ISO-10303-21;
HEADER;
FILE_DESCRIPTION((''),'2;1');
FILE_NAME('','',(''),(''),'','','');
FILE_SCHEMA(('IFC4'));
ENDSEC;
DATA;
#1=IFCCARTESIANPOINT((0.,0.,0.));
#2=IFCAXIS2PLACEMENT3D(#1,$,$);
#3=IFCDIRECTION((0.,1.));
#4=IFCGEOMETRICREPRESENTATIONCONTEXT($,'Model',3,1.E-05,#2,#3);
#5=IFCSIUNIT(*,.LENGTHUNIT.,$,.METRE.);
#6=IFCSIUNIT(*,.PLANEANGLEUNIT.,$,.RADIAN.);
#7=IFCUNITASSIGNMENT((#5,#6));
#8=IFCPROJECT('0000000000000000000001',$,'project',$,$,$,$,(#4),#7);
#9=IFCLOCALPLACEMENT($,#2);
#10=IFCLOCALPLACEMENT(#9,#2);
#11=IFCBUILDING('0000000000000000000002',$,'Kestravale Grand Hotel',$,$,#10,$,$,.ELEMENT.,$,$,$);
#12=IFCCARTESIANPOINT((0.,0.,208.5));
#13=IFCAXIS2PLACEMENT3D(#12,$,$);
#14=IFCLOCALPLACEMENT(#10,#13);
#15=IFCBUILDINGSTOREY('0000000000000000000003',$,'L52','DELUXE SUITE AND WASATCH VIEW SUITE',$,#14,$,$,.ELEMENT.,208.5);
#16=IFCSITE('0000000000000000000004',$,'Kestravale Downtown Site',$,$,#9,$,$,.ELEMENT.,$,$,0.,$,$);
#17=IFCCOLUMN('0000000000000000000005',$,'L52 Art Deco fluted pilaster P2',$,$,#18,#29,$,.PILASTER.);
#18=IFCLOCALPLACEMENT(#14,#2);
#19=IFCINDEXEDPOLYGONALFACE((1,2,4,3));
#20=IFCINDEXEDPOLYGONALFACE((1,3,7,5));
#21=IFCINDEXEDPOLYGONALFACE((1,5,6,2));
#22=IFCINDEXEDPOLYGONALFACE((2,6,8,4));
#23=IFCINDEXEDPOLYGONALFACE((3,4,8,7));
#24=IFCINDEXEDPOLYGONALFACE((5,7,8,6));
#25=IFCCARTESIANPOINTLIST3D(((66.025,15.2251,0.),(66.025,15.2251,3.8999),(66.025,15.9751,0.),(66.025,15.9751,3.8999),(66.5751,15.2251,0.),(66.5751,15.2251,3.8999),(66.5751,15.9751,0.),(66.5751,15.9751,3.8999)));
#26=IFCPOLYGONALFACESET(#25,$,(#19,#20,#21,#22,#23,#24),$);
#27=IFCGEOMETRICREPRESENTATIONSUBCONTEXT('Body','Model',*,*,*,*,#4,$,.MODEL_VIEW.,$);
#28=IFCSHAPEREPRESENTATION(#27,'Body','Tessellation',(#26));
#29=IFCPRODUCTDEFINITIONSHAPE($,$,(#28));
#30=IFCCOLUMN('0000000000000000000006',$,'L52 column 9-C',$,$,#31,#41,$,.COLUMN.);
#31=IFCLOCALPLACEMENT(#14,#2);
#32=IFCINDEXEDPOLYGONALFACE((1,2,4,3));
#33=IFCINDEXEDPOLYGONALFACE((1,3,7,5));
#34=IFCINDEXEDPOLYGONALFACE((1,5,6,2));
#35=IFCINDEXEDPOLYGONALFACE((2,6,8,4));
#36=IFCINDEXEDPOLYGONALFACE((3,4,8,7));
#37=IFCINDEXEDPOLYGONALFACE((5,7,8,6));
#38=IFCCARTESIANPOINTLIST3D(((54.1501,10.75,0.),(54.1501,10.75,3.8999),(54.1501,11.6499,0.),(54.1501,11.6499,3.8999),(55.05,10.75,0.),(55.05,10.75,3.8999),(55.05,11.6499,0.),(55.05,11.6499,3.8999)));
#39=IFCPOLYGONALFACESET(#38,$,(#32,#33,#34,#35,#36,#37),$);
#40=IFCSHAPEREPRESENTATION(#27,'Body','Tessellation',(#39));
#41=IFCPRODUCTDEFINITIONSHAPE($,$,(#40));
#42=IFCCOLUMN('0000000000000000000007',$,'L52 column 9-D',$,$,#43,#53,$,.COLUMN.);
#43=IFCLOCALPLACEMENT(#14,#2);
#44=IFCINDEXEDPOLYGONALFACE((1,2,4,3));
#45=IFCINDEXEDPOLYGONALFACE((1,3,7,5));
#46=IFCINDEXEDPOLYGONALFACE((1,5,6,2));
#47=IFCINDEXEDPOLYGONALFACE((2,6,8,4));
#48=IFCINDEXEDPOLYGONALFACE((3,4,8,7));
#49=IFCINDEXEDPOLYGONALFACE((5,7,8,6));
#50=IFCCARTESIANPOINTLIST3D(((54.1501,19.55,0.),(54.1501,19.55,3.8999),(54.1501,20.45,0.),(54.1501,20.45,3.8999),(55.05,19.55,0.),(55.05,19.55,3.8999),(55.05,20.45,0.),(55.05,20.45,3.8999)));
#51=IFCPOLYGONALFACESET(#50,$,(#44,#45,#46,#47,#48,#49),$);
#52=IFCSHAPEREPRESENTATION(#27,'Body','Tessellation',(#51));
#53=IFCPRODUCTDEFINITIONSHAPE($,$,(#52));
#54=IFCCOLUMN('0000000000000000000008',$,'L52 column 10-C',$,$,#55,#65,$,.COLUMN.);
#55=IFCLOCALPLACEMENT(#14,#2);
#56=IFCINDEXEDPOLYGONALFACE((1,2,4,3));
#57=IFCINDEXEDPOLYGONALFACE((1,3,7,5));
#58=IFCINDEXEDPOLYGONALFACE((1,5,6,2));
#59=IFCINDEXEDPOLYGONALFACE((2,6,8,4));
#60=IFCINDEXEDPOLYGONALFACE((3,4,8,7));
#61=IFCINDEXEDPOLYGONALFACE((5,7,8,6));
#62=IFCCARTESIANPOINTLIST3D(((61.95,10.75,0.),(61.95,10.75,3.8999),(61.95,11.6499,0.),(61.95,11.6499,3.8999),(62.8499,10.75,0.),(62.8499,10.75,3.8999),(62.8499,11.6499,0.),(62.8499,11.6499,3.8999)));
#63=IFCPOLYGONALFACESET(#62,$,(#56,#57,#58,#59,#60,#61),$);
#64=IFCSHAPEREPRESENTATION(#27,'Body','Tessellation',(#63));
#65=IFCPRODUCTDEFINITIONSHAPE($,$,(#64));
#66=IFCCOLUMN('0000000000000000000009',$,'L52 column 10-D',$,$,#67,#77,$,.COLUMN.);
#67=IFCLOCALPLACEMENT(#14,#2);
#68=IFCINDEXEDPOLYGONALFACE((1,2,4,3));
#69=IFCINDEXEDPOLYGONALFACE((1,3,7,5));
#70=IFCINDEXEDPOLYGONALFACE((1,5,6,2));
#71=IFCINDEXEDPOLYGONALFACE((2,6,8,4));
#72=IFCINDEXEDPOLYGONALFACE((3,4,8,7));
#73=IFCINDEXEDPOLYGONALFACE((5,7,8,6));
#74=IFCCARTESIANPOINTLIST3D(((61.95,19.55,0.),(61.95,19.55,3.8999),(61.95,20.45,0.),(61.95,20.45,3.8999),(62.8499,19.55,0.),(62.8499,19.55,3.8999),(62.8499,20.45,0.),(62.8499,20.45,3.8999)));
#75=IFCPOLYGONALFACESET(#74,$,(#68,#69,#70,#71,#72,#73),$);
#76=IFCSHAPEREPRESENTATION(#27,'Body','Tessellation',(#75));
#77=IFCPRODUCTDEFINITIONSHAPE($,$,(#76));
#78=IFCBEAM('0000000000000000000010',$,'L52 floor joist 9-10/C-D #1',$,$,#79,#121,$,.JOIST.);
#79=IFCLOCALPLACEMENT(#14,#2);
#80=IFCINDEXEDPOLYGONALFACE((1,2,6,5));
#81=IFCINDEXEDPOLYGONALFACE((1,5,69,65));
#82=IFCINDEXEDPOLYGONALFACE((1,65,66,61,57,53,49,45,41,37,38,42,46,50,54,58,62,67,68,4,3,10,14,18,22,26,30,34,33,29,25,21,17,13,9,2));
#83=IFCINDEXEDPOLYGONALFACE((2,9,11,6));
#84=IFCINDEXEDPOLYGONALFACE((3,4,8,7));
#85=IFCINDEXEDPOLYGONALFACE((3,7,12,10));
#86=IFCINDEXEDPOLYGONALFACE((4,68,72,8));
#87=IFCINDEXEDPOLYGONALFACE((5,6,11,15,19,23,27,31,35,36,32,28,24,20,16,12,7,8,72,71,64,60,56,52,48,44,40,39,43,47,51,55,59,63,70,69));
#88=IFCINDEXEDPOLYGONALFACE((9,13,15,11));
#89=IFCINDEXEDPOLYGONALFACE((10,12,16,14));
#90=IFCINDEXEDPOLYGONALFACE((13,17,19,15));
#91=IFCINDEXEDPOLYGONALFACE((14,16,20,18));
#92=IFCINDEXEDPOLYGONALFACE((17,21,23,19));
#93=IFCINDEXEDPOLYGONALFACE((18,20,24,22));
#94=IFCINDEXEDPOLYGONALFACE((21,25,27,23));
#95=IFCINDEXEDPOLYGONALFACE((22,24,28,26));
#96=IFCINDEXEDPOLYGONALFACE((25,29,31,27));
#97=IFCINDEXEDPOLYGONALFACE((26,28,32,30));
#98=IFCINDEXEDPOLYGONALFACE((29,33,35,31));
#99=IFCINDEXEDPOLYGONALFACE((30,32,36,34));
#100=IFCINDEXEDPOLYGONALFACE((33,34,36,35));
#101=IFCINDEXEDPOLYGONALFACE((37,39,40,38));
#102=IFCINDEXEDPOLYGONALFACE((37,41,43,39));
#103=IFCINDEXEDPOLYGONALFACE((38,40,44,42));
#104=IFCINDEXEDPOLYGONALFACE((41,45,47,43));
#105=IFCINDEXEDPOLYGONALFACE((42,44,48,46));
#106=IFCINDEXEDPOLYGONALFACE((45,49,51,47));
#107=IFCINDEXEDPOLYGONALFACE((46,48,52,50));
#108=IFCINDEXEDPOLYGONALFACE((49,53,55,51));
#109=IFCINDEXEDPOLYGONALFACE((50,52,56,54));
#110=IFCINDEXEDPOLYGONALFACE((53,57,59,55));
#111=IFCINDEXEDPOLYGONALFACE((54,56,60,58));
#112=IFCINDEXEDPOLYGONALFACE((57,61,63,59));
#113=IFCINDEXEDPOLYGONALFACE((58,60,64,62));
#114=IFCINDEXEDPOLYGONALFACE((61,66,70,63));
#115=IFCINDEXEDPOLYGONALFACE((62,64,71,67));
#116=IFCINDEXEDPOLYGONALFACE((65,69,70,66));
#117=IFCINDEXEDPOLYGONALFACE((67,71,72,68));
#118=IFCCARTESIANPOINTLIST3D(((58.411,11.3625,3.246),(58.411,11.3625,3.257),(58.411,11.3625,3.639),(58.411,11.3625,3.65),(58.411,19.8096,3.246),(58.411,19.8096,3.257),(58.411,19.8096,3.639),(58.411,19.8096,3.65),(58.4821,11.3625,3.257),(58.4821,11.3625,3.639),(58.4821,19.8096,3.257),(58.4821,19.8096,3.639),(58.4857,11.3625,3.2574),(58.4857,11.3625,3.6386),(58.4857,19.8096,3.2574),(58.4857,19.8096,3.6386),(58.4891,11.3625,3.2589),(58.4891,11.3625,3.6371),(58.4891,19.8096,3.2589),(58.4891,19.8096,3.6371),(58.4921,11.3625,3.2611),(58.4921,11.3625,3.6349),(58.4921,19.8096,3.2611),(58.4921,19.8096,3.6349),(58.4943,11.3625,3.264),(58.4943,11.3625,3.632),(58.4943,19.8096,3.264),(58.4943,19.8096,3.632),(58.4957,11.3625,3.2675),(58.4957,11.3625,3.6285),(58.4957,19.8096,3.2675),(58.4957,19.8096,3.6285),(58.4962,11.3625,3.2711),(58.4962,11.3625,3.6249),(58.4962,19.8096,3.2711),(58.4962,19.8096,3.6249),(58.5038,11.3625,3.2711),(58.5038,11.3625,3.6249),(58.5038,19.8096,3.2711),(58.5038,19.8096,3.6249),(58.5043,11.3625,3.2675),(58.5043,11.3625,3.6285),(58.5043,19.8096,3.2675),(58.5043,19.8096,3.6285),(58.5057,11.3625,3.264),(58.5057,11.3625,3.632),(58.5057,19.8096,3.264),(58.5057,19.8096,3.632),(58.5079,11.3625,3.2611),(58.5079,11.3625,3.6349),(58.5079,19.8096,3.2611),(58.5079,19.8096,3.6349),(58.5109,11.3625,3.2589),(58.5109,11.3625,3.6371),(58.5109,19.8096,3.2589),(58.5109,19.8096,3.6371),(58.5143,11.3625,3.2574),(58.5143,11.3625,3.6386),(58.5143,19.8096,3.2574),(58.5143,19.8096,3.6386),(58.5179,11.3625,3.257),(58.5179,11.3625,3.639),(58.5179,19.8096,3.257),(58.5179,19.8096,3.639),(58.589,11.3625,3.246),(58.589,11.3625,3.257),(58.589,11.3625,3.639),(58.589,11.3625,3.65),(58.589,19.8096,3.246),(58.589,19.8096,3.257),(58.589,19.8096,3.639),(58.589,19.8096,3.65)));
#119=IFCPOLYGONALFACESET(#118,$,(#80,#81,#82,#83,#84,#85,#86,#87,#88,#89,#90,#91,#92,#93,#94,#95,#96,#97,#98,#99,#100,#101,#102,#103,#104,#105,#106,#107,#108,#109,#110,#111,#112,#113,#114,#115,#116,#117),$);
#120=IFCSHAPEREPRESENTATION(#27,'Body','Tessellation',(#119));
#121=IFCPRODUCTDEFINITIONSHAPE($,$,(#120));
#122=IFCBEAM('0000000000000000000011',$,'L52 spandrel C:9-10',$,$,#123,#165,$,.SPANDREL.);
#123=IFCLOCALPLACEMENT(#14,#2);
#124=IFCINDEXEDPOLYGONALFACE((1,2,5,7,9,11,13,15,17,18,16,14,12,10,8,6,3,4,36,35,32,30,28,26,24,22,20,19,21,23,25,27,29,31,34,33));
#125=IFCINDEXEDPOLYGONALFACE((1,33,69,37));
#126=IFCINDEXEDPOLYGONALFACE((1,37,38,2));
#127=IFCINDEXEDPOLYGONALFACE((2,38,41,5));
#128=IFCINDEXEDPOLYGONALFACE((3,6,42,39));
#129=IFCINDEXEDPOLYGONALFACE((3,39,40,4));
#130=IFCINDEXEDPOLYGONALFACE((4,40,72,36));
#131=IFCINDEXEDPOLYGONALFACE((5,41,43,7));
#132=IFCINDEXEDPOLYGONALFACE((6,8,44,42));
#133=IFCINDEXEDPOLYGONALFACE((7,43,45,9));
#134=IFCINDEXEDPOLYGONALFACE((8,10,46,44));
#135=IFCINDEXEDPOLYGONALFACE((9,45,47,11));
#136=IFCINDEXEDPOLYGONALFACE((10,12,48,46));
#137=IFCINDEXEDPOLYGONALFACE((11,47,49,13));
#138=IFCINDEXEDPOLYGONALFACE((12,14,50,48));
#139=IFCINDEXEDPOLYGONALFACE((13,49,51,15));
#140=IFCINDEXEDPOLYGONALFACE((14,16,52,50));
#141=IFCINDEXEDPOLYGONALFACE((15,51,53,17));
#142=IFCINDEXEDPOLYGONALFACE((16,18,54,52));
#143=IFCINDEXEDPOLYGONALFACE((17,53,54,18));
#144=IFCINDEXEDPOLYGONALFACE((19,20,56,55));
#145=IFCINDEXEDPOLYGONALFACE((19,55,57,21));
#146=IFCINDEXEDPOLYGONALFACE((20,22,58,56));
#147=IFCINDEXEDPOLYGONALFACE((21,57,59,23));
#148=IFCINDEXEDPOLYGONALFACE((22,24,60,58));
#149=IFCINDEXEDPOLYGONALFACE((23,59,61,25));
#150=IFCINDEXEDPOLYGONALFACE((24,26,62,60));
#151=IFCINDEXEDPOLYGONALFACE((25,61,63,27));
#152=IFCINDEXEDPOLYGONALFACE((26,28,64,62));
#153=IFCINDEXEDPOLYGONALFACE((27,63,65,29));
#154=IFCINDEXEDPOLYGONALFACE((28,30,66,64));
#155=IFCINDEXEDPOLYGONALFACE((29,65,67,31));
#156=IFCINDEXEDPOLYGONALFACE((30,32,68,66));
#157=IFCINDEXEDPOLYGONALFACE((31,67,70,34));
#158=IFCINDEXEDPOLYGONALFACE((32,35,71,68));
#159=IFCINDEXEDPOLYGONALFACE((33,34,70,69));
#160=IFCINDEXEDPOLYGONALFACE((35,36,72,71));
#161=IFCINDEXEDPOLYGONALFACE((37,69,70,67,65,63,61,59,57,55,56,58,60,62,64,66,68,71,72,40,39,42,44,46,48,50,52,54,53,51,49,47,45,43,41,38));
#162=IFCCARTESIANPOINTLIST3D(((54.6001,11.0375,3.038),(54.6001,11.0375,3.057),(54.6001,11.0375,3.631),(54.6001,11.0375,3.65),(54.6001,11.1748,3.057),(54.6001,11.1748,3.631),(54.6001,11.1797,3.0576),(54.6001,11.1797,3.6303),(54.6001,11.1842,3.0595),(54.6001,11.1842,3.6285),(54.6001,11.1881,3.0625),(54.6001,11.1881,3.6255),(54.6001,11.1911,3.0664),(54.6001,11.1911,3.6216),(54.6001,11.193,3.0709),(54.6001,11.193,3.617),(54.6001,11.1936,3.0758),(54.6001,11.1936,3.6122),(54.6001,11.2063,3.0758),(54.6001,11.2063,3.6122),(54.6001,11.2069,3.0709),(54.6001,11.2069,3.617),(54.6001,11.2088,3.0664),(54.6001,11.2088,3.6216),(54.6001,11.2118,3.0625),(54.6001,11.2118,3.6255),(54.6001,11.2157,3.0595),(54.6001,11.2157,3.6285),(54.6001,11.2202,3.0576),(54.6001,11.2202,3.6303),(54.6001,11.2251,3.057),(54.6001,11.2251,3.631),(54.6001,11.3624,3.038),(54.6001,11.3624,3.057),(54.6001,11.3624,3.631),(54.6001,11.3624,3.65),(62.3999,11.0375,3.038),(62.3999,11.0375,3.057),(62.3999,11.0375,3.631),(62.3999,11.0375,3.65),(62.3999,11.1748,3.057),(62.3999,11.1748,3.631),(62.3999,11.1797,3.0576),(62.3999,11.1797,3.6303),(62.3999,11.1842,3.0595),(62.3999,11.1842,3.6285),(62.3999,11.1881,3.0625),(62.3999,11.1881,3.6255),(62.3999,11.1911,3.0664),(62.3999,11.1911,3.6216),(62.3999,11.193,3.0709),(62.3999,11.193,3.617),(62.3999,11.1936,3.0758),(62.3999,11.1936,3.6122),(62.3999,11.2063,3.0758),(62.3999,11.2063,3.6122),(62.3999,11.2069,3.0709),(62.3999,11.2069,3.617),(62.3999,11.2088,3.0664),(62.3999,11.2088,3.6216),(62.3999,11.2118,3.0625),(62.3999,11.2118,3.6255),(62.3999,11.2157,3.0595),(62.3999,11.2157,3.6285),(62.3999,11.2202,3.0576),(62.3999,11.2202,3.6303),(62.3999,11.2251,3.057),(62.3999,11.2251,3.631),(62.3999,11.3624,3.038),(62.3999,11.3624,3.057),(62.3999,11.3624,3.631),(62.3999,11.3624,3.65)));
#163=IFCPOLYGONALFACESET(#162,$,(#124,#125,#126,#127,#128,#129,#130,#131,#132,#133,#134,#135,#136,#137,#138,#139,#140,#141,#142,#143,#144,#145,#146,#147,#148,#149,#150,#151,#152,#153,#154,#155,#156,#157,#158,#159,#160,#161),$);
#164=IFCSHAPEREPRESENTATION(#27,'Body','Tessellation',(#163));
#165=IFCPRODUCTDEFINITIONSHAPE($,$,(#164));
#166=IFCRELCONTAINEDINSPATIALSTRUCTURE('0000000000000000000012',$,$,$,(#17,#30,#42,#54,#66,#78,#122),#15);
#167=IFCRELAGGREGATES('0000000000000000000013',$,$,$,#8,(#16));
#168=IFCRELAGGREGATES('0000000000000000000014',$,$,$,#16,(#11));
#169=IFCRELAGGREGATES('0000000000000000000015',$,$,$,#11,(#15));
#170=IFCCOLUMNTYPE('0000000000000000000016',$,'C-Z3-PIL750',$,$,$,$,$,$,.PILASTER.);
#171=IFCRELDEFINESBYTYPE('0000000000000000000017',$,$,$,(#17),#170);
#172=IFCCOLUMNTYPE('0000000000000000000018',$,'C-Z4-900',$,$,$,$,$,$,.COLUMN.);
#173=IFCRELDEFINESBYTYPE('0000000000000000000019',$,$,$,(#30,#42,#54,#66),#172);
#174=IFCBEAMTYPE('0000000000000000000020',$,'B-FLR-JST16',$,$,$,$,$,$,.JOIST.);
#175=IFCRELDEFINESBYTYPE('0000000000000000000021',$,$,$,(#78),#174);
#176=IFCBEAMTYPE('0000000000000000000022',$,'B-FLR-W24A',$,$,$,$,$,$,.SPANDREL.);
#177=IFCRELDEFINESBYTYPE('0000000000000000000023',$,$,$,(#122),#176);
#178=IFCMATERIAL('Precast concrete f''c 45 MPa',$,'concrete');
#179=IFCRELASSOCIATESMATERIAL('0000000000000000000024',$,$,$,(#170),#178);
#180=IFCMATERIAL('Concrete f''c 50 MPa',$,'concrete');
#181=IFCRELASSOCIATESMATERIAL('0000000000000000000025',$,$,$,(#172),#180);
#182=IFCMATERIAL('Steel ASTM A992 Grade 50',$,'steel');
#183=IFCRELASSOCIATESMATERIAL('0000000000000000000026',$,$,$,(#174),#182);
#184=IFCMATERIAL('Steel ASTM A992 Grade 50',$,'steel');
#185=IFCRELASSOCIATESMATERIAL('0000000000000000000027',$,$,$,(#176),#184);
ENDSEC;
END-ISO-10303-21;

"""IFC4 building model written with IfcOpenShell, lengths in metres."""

from ifc_helpers import new_model, si_unit, direction, frame, origin, origin_2d, place, context, subcontext, project, spatial, rectangle, i_section, extrude, material, material_profile, profile_set, type_object, element, save


model = new_model("IFC4")

# Units and contexts
model_context = context("Model", 3, precision=1e-05, world=origin(), true_north=direction((0.0, 1.0)))
body_context = subcontext(model_context, "Body", "Model", "MODEL_VIEW")
ifc_project = project(units=[si_unit("LENGTHUNIT", "METRE"), si_unit("PLANEANGLEUNIT", "RADIAN")], contexts=[model_context])

# Site, building, storey
site_placement = place(None, origin())
site = spatial("IfcSite", under=ifc_project, at=site_placement, Name="Kestravale Downtown Site", CompositionType="ELEMENT", RefElevation=0.0)
building_placement = place(site_placement, origin())
building = spatial("IfcBuilding", under=site, at=building_placement, Name="Kestravale Grand Hotel", CompositionType="ELEMENT")
storey_placement = place(building_placement, frame((0.0, 0.0, 208.5)))
storey = spatial("IfcBuildingStorey", under=building, at=storey_placement, Name="L52", Description="DELUXE SUITE AND WASATCH VIEW SUITE", CompositionType="ELEMENT", Elevation=208.5)

# Columns
ifc_material_1 = material(Name="Precast concrete f'c 45 MPa", Category="concrete")
ifc_material_profile_1 = material_profile(ifc_material_1, rectangle(XDim=0.55, YDim=0.75, at=origin_2d()))
ifc_profile_set_1 = profile_set([ifc_material_profile_1], Name="Precast concrete f'c 45 MPa")
column_type_1 = type_object("IfcColumnType", Name="C-Z3-PIL750", PredefinedType="PILASTER", material=ifc_profile_set_1)
column_placement = place(storey_placement, frame((66.3, 15.6001, 0.0), z_axis=(0.0, 0.0, 1.0), x_axis=(1.0, 0.0, 0.0)))
element("IfcColumn", 1, at=column_placement, inside=storey, type_object=column_type_1, Name="L52 Art Deco fluted pilaster P2", PredefinedType="PILASTER", context=body_context, shape_type="SweptSolid", body=[
    extrude(rectangle(XDim=0.55, YDim=0.75, at=origin_2d()), origin(), (0.0, 0.0, 1.0), 3.8999),
])
ifc_material_2 = material(Name="Concrete f'c 50 MPa", Category="concrete")
ifc_material_profile_2 = material_profile(ifc_material_2, rectangle(XDim=0.8999, YDim=0.8999, at=origin_2d()))
ifc_profile_set_2 = profile_set([ifc_material_profile_2], Name="Concrete f'c 50 MPa")
column_type_2 = type_object("IfcColumnType", Name="C-Z4-900", PredefinedType="COLUMN", material=ifc_profile_set_2)
for number, where, z_axis, x_axis, name in (
    (2, (54.6001, 11.2, 0.0), (0.0, 0.0, 1.0), (1.0, 0.0, 0.0), "L52 column 9-C"),
    (3, (54.6001, 20.0, 0.0), (0.0, 0.0, 1.0), (1.0, 0.0, 0.0), "L52 column 9-D"),
    (4, (62.3999, 11.2, 0.0), (0.0, 0.0, 1.0), (1.0, 0.0, 0.0), "L52 column 10-C"),
    (5, (62.3999, 20.0, 0.0), (0.0, 0.0, 1.0), (1.0, 0.0, 0.0), "L52 column 10-D"),
):
    element("IfcColumn", number, at=place(storey_placement, frame(where, z_axis=z_axis, x_axis=x_axis)), inside=storey, type_object=column_type_2, Name=name, PredefinedType="COLUMN", context=body_context, shape_type="SweptSolid", body=[
        extrude(rectangle(XDim=0.8999, YDim=0.8999, at=origin_2d()), origin(), (0.0, 0.0, 1.0), 3.8999),
    ])

# Beams
ifc_material_3 = material(Name="Steel ASTM A992 Grade 50", Category="steel")
ifc_material_profile_3 = material_profile(ifc_material_3, i_section(OverallWidth=0.178, OverallDepth=0.4041, WebThickness=0.0076, FlangeThickness=0.011, FilletRadius=0.0142, at=origin_2d()))
ifc_profile_set_3 = profile_set([ifc_material_profile_3], Name="Steel ASTM A992 Grade 50")
beam_type_1 = type_object("IfcBeamType", Name="B-FLR-JST16", PredefinedType="JOIST", material=ifc_profile_set_3)
beam_1_placement = place(storey_placement, frame((58.5, 11.3625, 3.448), z_axis=(0.0, 1.0, 0.0), x_axis=(-1.0, 0.0, 0.0)))
element("IfcBeam", 6, at=beam_1_placement, inside=storey, type_object=beam_type_1, Name="L52 floor joist 9-10/C-D #1", PredefinedType="JOIST", context=body_context, shape_type="SweptSolid", body=[
    extrude(i_section(OverallWidth=0.178, OverallDepth=0.4041, WebThickness=0.0076, FlangeThickness=0.011, FilletRadius=0.0142, at=origin_2d()), origin(), (0.0, 0.0, 1.0), 8.447),
])
ifc_material_4 = material(Name="Steel ASTM A992 Grade 50", Category="steel")
ifc_material_profile_4 = material_profile(ifc_material_4, i_section(OverallWidth=0.325, OverallDepth=0.6121, WebThickness=0.0127, FlangeThickness=0.019, FilletRadius=0.0188, at=origin_2d()))
ifc_profile_set_4 = profile_set([ifc_material_profile_4], Name="Steel ASTM A992 Grade 50")
beam_type_2 = type_object("IfcBeamType", Name="B-FLR-W24A", PredefinedType="SPANDREL", material=ifc_profile_set_4)
beam_2_placement = place(storey_placement, frame((54.6001, 11.2, 3.344), z_axis=(1.0, 0.0, 0.0), x_axis=(0.0, 1.0, 0.0)))
element("IfcBeam", 7, at=beam_2_placement, inside=storey, type_object=beam_type_2, Name="L52 spandrel C:9-10", PredefinedType="SPANDREL", context=body_context, shape_type="SweptSolid", body=[
    extrude(i_section(OverallWidth=0.325, OverallDepth=0.6121, WebThickness=0.0127, FlangeThickness=0.019, FilletRadius=0.0188, at=origin_2d()), origin(), (0.0, 0.0, 1.0), 7.7998),
])

save(model, "model.ifc")
